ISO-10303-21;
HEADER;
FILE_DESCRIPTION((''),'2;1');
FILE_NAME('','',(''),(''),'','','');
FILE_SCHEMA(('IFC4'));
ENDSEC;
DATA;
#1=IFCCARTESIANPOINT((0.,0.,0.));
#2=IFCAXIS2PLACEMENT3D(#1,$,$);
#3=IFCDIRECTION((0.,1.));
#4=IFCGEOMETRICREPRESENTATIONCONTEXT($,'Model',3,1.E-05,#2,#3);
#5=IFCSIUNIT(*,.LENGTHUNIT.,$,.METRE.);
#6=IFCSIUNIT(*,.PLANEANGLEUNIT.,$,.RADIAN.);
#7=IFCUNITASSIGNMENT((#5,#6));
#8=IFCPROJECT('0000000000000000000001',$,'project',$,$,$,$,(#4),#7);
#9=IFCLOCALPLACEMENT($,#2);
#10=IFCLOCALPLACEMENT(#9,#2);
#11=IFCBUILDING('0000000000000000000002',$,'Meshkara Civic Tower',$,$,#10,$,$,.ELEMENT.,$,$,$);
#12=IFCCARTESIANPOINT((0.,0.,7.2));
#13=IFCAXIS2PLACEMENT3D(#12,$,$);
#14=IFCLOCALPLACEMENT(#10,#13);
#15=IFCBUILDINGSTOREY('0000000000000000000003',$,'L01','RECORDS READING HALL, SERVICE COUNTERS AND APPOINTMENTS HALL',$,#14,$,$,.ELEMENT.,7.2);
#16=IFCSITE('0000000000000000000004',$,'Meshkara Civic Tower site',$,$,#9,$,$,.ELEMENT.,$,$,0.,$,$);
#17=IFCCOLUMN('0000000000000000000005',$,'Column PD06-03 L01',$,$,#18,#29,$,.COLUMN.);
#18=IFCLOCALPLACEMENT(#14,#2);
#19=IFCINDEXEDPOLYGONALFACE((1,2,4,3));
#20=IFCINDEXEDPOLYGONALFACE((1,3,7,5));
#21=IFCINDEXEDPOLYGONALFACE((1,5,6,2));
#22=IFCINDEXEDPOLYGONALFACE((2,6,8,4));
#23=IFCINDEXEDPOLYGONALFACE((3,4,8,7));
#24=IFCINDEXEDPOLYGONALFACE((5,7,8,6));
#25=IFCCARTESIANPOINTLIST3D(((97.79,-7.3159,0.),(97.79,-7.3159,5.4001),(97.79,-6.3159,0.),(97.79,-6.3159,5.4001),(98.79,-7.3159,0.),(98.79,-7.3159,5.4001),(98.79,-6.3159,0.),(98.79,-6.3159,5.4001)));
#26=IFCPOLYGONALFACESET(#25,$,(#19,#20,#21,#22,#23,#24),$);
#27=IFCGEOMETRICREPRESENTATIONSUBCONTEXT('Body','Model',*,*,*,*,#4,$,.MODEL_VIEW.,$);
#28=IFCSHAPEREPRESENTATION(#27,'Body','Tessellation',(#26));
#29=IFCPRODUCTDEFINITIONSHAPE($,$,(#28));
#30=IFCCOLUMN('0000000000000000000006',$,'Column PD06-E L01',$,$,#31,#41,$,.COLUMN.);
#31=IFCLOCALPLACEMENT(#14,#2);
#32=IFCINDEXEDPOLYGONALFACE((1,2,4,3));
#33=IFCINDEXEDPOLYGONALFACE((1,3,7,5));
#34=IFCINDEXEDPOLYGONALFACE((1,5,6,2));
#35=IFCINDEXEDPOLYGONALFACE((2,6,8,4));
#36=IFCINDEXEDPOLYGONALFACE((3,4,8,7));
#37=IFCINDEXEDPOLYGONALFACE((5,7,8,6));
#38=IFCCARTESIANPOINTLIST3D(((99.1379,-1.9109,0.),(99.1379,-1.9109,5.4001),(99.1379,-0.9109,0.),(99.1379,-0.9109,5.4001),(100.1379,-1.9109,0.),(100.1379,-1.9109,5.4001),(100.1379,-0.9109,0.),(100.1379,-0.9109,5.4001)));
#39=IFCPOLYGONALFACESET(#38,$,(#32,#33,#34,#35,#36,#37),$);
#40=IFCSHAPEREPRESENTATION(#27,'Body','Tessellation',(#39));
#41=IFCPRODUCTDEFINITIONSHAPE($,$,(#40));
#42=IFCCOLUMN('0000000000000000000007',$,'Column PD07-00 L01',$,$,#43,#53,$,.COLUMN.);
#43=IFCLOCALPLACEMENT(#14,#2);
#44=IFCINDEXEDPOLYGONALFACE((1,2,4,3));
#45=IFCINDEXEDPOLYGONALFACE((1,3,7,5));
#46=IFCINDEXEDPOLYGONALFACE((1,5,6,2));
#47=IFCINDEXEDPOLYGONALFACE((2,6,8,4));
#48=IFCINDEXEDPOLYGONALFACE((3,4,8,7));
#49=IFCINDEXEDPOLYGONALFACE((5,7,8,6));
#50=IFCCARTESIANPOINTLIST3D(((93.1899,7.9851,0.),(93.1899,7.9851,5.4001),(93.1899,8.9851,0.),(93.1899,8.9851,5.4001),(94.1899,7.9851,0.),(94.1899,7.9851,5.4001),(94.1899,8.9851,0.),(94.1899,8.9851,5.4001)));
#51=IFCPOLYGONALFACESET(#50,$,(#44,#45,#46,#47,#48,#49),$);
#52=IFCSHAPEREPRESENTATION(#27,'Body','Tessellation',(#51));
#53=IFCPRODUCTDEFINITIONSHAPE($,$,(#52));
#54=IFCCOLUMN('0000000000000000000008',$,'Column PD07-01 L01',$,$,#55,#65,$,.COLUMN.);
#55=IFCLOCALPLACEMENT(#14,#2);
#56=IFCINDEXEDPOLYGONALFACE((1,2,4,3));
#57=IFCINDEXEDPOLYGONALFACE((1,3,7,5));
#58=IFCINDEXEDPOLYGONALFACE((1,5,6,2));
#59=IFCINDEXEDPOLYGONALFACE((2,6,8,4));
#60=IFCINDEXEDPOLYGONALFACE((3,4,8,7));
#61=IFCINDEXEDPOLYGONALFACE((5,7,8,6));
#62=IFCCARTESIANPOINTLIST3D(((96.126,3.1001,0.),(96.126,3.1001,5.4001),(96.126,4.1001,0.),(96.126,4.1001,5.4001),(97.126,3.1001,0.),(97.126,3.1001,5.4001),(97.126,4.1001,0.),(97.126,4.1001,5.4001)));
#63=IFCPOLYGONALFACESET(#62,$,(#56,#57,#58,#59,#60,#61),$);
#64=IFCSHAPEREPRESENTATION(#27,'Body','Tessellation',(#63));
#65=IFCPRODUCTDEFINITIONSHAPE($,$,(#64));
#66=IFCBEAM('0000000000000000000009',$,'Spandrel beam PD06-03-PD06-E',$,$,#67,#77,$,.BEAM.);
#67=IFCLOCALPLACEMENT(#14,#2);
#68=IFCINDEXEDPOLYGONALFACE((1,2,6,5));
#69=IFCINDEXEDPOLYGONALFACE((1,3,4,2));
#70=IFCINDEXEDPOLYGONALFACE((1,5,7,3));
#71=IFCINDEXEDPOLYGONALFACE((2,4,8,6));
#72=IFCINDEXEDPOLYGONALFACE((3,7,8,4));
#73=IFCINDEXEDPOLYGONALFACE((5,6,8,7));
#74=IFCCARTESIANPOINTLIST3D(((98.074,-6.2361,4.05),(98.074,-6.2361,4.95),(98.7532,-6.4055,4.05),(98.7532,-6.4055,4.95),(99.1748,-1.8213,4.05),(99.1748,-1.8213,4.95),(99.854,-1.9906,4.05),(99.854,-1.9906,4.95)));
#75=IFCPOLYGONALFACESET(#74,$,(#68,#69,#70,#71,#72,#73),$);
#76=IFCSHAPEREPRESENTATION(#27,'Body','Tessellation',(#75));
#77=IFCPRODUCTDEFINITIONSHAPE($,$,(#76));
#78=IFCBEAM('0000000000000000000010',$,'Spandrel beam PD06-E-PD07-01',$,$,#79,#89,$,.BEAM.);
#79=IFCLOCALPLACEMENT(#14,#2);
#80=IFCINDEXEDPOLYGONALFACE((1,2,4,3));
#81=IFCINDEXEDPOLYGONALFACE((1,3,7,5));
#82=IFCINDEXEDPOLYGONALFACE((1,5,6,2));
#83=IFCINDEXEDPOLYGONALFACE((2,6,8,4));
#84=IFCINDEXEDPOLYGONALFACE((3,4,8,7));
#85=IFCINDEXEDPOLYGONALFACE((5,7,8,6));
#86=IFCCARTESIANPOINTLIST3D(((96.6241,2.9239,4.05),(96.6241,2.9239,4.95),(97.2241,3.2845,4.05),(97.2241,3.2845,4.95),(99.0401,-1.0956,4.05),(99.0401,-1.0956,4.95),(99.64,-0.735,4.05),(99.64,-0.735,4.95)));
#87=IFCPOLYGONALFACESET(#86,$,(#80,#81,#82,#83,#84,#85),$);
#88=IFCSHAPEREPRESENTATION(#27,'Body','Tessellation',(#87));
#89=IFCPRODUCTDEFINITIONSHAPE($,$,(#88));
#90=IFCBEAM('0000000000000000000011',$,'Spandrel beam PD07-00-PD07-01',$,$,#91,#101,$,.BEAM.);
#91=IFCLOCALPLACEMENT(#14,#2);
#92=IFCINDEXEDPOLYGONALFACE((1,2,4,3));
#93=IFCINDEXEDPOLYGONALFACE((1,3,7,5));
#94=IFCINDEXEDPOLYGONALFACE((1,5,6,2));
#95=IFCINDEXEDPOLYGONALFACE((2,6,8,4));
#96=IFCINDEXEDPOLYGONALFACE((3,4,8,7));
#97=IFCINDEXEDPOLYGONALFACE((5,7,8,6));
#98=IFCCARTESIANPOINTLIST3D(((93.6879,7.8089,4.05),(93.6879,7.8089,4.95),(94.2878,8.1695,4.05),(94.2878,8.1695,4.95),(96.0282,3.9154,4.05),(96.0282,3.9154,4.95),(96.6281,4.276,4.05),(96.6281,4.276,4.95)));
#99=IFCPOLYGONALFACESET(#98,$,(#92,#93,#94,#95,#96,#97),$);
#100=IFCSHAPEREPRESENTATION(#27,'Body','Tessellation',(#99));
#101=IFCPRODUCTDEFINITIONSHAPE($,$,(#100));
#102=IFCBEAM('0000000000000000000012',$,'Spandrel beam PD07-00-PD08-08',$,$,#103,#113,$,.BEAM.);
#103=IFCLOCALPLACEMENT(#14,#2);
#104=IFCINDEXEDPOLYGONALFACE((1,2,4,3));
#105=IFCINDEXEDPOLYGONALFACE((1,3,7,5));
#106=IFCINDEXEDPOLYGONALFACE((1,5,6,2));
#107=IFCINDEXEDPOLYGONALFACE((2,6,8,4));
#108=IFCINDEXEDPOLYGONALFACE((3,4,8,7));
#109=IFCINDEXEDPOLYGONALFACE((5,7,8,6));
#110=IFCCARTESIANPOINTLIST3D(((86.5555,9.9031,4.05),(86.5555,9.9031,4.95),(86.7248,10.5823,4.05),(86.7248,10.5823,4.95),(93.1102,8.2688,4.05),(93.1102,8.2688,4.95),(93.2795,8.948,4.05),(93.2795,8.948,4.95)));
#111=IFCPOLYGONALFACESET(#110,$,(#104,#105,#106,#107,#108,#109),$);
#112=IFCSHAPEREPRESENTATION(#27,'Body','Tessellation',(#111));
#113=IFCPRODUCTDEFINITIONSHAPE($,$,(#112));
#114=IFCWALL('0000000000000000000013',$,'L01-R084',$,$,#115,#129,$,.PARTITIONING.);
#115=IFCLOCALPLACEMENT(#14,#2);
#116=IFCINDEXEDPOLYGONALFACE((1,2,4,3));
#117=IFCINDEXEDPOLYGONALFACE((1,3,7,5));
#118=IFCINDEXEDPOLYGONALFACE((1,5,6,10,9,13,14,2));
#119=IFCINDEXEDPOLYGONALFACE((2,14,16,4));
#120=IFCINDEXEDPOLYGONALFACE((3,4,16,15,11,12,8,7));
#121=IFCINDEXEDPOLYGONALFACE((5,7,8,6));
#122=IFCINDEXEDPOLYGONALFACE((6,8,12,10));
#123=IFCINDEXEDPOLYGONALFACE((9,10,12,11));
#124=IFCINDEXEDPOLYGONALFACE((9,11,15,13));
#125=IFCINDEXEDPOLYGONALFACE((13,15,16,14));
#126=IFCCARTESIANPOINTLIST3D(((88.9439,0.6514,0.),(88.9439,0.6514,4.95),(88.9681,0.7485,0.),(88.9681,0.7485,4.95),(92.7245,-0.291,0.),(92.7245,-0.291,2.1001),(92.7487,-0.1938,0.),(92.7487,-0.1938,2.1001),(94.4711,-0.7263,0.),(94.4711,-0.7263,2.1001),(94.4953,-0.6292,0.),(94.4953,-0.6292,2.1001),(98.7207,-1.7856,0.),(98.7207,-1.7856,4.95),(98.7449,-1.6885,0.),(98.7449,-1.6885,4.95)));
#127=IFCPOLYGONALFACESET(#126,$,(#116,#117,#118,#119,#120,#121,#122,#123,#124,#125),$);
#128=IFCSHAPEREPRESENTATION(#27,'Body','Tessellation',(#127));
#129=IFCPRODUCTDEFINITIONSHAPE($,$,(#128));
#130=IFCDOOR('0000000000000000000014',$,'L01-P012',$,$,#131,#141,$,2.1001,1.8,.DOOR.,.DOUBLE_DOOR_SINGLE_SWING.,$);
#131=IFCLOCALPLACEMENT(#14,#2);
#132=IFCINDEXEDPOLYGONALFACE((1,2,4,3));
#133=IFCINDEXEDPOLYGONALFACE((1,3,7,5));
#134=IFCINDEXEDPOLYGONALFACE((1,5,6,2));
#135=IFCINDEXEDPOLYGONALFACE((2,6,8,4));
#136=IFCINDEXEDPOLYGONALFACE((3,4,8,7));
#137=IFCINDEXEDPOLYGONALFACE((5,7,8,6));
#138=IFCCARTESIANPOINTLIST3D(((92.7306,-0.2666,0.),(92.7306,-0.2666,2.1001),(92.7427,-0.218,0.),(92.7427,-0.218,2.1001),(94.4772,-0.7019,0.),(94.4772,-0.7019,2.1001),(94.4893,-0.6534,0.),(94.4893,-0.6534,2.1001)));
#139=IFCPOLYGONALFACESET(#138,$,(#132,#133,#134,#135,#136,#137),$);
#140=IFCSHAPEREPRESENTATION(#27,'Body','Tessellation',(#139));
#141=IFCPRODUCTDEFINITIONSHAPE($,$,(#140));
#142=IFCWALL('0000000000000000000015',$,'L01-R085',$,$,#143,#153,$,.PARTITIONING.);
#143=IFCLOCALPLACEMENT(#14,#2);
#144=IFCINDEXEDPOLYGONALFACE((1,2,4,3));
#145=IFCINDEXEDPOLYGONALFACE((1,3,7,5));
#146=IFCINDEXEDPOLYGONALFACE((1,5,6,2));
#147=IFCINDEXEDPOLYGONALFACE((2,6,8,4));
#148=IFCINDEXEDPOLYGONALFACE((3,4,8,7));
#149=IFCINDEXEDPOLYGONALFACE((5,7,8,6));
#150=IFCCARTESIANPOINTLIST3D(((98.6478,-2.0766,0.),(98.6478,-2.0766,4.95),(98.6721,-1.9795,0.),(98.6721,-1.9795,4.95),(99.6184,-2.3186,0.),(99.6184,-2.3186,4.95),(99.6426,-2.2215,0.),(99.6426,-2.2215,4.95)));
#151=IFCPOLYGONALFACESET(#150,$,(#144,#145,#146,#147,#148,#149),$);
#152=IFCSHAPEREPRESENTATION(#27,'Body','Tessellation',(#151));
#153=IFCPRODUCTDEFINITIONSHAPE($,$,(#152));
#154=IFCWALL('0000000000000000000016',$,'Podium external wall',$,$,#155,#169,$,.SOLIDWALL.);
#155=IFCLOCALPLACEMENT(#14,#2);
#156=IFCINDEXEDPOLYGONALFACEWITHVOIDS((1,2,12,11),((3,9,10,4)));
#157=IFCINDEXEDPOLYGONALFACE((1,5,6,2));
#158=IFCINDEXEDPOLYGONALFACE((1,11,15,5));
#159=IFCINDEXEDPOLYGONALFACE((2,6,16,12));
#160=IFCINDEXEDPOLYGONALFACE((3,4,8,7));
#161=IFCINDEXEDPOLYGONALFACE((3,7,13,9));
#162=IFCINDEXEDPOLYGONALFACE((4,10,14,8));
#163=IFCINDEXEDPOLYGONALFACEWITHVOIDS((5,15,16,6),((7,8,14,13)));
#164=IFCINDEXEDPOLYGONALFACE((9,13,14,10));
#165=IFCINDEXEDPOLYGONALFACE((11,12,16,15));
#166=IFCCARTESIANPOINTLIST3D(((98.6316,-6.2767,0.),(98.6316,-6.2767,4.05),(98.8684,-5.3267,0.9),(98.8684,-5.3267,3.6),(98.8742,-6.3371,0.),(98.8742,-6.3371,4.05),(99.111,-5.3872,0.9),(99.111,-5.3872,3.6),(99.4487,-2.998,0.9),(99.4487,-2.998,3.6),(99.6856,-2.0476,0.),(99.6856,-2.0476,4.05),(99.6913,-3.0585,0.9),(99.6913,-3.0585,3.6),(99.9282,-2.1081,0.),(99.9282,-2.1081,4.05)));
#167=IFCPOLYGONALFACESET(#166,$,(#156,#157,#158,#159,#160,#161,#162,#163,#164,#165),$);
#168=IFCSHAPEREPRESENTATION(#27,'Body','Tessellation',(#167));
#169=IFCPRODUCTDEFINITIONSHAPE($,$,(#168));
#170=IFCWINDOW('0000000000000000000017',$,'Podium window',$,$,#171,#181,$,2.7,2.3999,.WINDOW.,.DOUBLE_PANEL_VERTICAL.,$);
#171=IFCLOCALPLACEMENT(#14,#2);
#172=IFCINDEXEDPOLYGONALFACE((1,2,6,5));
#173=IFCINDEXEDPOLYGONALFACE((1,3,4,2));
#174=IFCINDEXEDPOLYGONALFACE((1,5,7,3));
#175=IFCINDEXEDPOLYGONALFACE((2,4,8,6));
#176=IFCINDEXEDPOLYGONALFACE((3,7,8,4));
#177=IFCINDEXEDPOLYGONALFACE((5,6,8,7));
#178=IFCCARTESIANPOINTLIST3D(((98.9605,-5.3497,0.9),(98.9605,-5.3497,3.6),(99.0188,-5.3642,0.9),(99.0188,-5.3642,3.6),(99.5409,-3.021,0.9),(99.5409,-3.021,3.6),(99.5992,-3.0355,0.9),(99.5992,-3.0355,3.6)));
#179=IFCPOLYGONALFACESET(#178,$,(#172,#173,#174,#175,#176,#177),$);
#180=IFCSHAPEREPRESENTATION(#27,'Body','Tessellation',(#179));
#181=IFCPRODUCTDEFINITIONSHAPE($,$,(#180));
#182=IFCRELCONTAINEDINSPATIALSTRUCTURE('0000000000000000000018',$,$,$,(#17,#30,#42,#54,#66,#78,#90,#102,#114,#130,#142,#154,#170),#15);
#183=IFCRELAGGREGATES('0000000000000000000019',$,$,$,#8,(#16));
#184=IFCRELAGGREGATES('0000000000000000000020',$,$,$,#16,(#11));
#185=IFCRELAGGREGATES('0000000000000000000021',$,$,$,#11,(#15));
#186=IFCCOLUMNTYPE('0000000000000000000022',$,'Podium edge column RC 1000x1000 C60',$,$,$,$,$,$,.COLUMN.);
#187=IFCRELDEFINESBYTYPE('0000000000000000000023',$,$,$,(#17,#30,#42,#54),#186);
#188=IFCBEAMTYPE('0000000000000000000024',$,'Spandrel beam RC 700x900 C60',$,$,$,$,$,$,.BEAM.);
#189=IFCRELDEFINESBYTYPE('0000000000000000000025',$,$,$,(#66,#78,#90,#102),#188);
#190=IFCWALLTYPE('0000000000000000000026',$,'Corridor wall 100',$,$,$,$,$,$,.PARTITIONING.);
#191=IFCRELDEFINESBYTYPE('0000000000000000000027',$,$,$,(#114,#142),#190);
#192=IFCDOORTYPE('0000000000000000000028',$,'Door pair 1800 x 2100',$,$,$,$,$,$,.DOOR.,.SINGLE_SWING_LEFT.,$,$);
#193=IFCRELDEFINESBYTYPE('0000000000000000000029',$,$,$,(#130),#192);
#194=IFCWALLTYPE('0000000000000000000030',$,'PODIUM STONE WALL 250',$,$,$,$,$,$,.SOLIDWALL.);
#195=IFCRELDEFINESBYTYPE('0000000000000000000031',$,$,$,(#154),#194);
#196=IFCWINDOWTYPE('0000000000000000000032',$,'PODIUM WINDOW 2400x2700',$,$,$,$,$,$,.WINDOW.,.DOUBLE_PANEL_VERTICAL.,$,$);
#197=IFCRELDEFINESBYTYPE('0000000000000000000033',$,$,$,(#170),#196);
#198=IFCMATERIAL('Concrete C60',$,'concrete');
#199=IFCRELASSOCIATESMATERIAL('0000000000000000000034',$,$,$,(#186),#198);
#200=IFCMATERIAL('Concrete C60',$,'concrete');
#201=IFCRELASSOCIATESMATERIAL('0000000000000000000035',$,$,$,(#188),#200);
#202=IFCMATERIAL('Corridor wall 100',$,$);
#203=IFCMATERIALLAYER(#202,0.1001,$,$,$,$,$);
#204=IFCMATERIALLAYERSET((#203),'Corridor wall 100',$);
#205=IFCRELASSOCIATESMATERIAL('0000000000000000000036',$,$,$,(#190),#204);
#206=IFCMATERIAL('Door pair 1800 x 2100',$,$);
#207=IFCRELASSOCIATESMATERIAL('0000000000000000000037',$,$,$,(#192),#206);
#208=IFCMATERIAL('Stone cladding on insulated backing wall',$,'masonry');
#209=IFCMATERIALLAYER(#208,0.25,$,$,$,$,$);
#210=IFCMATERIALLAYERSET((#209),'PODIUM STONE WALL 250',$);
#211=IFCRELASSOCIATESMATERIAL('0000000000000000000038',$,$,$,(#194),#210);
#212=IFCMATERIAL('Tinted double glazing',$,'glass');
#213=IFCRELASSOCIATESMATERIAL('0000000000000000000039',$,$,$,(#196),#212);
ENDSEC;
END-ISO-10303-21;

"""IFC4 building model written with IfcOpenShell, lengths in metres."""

from ifc_helpers import new_model, si_unit, direction, frame, frame_2d, origin, origin_2d, place, context, subcontext, project, spatial, rectangle, extrude, material, layer, layer_set, material_profile, profile_set, type_object, element, fill, save


model = new_model("IFC4")

# Units and contexts
model_context = context("Model", 3, precision=1e-05, world=origin(), true_north=direction((0.0, 1.0)))
body_context = subcontext(model_context, "Body", "Model", "MODEL_VIEW")
ifc_project = project(units=[si_unit("LENGTHUNIT", "METRE"), si_unit("PLANEANGLEUNIT", "RADIAN")], contexts=[model_context])

# Site, building, storey
site_placement = place(None, origin())
site = spatial("IfcSite", under=ifc_project, at=site_placement, Name="Meshkara Civic Tower site", CompositionType="ELEMENT", RefElevation=0.0)
building_placement = place(site_placement, origin())
building = spatial("IfcBuilding", under=site, at=building_placement, Name="Meshkara Civic Tower", CompositionType="ELEMENT")
storey_placement = place(building_placement, frame((0.0, 0.0, 7.2)))
storey = spatial("IfcBuildingStorey", under=building, at=storey_placement, Name="L01", Description="RECORDS READING HALL, SERVICE COUNTERS AND APPOINTMENTS HALL", CompositionType="ELEMENT", Elevation=7.2)

# Columns
ifc_material_1 = material(Name="Concrete C60", Category="concrete")
ifc_material_profile_1 = material_profile(ifc_material_1, rectangle(XDim=1.0, YDim=1.0, at=origin_2d()))
ifc_profile_set_1 = profile_set([ifc_material_profile_1], Name="Concrete C60")
column_type = type_object("IfcColumnType", Name="Podium edge column RC 1000x1000 C60", PredefinedType="COLUMN", material=ifc_profile_set_1)
for number, where, z_axis, x_axis, name in (
    (1, (98.29, -6.8159, 0.0), (0.0, 0.0, 1.0), (1.0, 0.0, 0.0), "Column PD06-03 L01"),
    (2, (99.6379, -1.4109, 0.0), (0.0, 0.0, 1.0), (1.0, 0.0, 0.0), "Column PD06-E L01"),
    (3, (93.6899, 8.4851, 0.0), (0.0, 0.0, 1.0), (1.0, 0.0, 0.0), "Column PD07-00 L01"),
    (4, (96.626, 3.6001, 0.0), (0.0, 0.0, 1.0), (1.0, 0.0, 0.0), "Column PD07-01 L01"),
):
    element("IfcColumn", number, at=place(storey_placement, frame(where, z_axis=z_axis, x_axis=x_axis)), inside=storey, type_object=column_type, Name=name, PredefinedType="COLUMN", context=body_context, shape_type="SweptSolid", body=[
        extrude(rectangle(XDim=1.0, YDim=1.0, at=origin_2d()), origin(), (0.0, 0.0, 1.0), 5.4001),
    ])

# Beams
ifc_material_2 = material(Name="Concrete C60", Category="concrete")
ifc_material_profile_2 = material_profile(ifc_material_2, rectangle(XDim=0.7, YDim=0.8999, at=origin_2d()))
ifc_profile_set_2 = profile_set([ifc_material_profile_2], Name="Concrete C60")
beam_type = type_object("IfcBeamType", Name="Spandrel beam RC 700x900 C60", PredefinedType="BEAM", material=ifc_profile_set_2)
beam_1_placement = place(storey_placement, frame((98.4136, -6.3208, 4.5), z_axis=(0.241942, 0.970291, 0.0), x_axis=(-0.970291, 0.241942, 0.0)))
element("IfcBeam", 5, at=beam_1_placement, inside=storey, type_object=beam_type, Name="Spandrel beam PD06-03-PD06-E", PredefinedType="BEAM", context=body_context, shape_type="SweptSolid", body=[
    extrude(rectangle(XDim=0.7, YDim=0.8999, at=origin_2d()), origin(), (0.0, 0.0, 1.0), 4.55),
])
beam_2_placement = place(storey_placement, frame((99.3401, -0.9153, 4.5), z_axis=(-0.515169, 0.857088, 0.0), x_axis=(-0.857088, -0.515169, 0.0)))
element("IfcBeam", 6, at=beam_2_placement, inside=storey, type_object=beam_type, Name="Spandrel beam PD06-E-PD07-01", PredefinedType="BEAM", context=body_context, shape_type="SweptSolid", body=[
    extrude(rectangle(XDim=0.7, YDim=0.8999, at=origin_2d()), origin(), (0.0, 0.0, 1.0), 4.6897),
])
beam_3_placement = place(storey_placement, frame((96.3281, 4.0957, 4.5), z_axis=(-0.515175, 0.857085, 0.0), x_axis=(-0.857085, -0.515175, 0.0)))
element("IfcBeam", 7, at=beam_3_placement, inside=storey, type_object=beam_type, Name="Spandrel beam PD07-00-PD07-01", PredefinedType="BEAM", context=body_context, shape_type="SweptSolid", body=[
    extrude(rectangle(XDim=0.7, YDim=0.8999, at=origin_2d()), origin(), (0.0, 0.0, 1.0), 4.5427),
])
beam_4_placement = place(storey_placement, frame((93.1948, 8.6084, 4.5), z_axis=(-0.970295, 0.241923, 0.0), x_axis=(-0.241923, -0.970295, 0.0)))
element("IfcBeam", 8, at=beam_4_placement, inside=storey, type_object=beam_type, Name="Spandrel beam PD07-00-PD08-08", PredefinedType="BEAM", context=body_context, shape_type="SweptSolid", body=[
    extrude(rectangle(XDim=0.7, YDim=0.8999, at=origin_2d()), origin(), (0.0, 0.0, 1.0), 6.7554),
])

# Wall, opening, door
ifc_material_3 = material(Name="Corridor wall 100")
ifc_layer_1 = layer(ifc_material_3, 0.1001)
ifc_layer_set_1 = layer_set([ifc_layer_1], Name="Corridor wall 100")
wall_type_1 = type_object("IfcWallType", Name="Corridor wall 100", PredefinedType="PARTITIONING", material=ifc_layer_set_1)
wall_1_placement = place(storey_placement, frame((98.7329, -1.7371, 0.0), z_axis=(0.0, 0.0, 1.0), x_axis=(-0.97031, 0.241863, 0.0)))
wall_1 = element("IfcWall", 9, at=wall_1_placement, inside=storey, type_object=wall_type_1, Name="L01-R084", PredefinedType="PARTITIONING", context=body_context, shape_type="SweptSolid", body=[
    extrude(rectangle(XDim=10.0759, YDim=0.1001, at=frame_2d((5.0381, 0.0))), origin(), (0.0, 0.0, 1.0), 4.95),
])
opening_1_placement = place(wall_1_placement, frame((4.3799, 0.0, 0.0)))
opening_1 = element("IfcOpeningElement", 10, at=opening_1_placement, cuts=wall_1, PredefinedType="OPENING", context=body_context, shape_type="SweptSolid", body=[
    extrude(rectangle(XDim=1.8, YDim=2.1001, at=frame_2d((0.8999, 1.05))), frame((0.0, 0.0601, 0.0), z_axis=(0.0, -1.0, 0.0), x_axis=(1.0, 0.0, 0.0)), (0.0, 0.0, 1.0), 0.1201),
])
ifc_material_4 = material(Name="Door pair 1800 x 2100")
door_type = type_object("IfcDoorType", Name="Door pair 1800 x 2100", OperationType="SINGLE_SWING_LEFT", PredefinedType="DOOR", material=ifc_material_4)
door_placement = place(opening_1_placement, origin())
door = element("IfcDoor", 11, at=door_placement, inside=storey, type_object=door_type, Name="L01-P012", OperationType="DOUBLE_DOOR_SINGLE_SWING", OverallHeight=2.1001, OverallWidth=1.8, PredefinedType="DOOR", context=body_context, shape_type="SweptSolid", body=[
    extrude(rectangle(XDim=1.8, YDim=2.1001, at=frame_2d((0.8999, 1.05))), frame((0.0, 0.0249, 0.0), z_axis=(0.0, -1.0, 0.0), x_axis=(1.0, 0.0, 0.0)), (0.0, 0.0, 1.0), 0.05),
])
fill(opening_1, door)

# Wall
wall_2_placement = place(storey_placement, frame((99.6304, -2.27, 0.0), z_axis=(0.0, 0.0, 1.0), x_axis=(-0.9703, 0.241904, 0.0)))
element("IfcWall", 12, at=wall_2_placement, inside=storey, type_object=wall_type_1, Name="L01-R085", PredefinedType="PARTITIONING", context=body_context, shape_type="SweptSolid", body=[
    extrude(rectangle(XDim=1.0002, YDim=0.1001, at=frame_2d((0.5, 0.0))), origin(), (0.0, 0.0, 1.0), 4.95),
])

# Wall, opening, window
ifc_material_5 = material(Name="Stone cladding on insulated backing wall", Category="masonry")
ifc_layer_2 = layer(ifc_material_5, 0.25)
ifc_layer_set_2 = layer_set([ifc_layer_2], Name="PODIUM STONE WALL 250")
wall_type_2 = type_object("IfcWallType", Name="PODIUM STONE WALL 250", PredefinedType="SOLIDWALL", material=ifc_layer_set_2)
wall_3_placement = place(storey_placement, frame((98.7529, -6.3069, 0.0), z_axis=(0.0, 0.0, 1.0), x_axis=(0.241824, 0.97032, 0.0)))
wall_3 = element("IfcWall", 13, at=wall_3_placement, inside=storey, type_object=wall_type_2, Name="Podium external wall", PredefinedType="SOLIDWALL", context=body_context, shape_type="SweptSolid", body=[
    extrude(rectangle(XDim=4.3584, YDim=0.25, at=frame_2d((2.1792, 0.0))), origin(), (0.0, 0.0, 1.0), 4.05),
])
opening_2_placement = place(wall_3_placement, frame((0.979, 0.0, 0.8999)))
opening_2 = element("IfcOpeningElement", 14, at=opening_2_placement, cuts=wall_3, PredefinedType="OPENING", context=body_context, shape_type="SweptSolid", body=[
    extrude(rectangle(XDim=2.3999, YDim=2.7, at=frame_2d((1.2, 1.3501))), frame((0.0, 0.135, 0.0), z_axis=(0.0, -1.0, 0.0), x_axis=(1.0, 0.0, 0.0)), (0.0, 0.0, 1.0), 0.27),
])
ifc_material_6 = material(Name="Tinted double glazing", Category="glass")
window_type = type_object("IfcWindowType", Name="PODIUM WINDOW 2400x2700", PartitioningType="DOUBLE_PANEL_VERTICAL", PredefinedType="WINDOW", material=ifc_material_6)
window_1_placement = place(opening_2_placement, origin())
window_1 = element("IfcWindow", 15, at=window_1_placement, inside=storey, type_object=window_type, Name="Podium window", OverallHeight=2.7, OverallWidth=2.3999, PartitioningType="DOUBLE_PANEL_VERTICAL", PredefinedType="WINDOW", context=body_context, shape_type="SweptSolid", body=[
    extrude(rectangle(XDim=2.3999, YDim=2.7, at=frame_2d((1.2, 1.3501))), frame((0.0, 0.03, 0.0), z_axis=(0.0, -1.0, 0.0), x_axis=(1.0, 0.0, 0.0)), (0.0, 0.0, 1.0), 0.0601),
])
fill(opening_2, window_1)

save(model, "model.ifc")
